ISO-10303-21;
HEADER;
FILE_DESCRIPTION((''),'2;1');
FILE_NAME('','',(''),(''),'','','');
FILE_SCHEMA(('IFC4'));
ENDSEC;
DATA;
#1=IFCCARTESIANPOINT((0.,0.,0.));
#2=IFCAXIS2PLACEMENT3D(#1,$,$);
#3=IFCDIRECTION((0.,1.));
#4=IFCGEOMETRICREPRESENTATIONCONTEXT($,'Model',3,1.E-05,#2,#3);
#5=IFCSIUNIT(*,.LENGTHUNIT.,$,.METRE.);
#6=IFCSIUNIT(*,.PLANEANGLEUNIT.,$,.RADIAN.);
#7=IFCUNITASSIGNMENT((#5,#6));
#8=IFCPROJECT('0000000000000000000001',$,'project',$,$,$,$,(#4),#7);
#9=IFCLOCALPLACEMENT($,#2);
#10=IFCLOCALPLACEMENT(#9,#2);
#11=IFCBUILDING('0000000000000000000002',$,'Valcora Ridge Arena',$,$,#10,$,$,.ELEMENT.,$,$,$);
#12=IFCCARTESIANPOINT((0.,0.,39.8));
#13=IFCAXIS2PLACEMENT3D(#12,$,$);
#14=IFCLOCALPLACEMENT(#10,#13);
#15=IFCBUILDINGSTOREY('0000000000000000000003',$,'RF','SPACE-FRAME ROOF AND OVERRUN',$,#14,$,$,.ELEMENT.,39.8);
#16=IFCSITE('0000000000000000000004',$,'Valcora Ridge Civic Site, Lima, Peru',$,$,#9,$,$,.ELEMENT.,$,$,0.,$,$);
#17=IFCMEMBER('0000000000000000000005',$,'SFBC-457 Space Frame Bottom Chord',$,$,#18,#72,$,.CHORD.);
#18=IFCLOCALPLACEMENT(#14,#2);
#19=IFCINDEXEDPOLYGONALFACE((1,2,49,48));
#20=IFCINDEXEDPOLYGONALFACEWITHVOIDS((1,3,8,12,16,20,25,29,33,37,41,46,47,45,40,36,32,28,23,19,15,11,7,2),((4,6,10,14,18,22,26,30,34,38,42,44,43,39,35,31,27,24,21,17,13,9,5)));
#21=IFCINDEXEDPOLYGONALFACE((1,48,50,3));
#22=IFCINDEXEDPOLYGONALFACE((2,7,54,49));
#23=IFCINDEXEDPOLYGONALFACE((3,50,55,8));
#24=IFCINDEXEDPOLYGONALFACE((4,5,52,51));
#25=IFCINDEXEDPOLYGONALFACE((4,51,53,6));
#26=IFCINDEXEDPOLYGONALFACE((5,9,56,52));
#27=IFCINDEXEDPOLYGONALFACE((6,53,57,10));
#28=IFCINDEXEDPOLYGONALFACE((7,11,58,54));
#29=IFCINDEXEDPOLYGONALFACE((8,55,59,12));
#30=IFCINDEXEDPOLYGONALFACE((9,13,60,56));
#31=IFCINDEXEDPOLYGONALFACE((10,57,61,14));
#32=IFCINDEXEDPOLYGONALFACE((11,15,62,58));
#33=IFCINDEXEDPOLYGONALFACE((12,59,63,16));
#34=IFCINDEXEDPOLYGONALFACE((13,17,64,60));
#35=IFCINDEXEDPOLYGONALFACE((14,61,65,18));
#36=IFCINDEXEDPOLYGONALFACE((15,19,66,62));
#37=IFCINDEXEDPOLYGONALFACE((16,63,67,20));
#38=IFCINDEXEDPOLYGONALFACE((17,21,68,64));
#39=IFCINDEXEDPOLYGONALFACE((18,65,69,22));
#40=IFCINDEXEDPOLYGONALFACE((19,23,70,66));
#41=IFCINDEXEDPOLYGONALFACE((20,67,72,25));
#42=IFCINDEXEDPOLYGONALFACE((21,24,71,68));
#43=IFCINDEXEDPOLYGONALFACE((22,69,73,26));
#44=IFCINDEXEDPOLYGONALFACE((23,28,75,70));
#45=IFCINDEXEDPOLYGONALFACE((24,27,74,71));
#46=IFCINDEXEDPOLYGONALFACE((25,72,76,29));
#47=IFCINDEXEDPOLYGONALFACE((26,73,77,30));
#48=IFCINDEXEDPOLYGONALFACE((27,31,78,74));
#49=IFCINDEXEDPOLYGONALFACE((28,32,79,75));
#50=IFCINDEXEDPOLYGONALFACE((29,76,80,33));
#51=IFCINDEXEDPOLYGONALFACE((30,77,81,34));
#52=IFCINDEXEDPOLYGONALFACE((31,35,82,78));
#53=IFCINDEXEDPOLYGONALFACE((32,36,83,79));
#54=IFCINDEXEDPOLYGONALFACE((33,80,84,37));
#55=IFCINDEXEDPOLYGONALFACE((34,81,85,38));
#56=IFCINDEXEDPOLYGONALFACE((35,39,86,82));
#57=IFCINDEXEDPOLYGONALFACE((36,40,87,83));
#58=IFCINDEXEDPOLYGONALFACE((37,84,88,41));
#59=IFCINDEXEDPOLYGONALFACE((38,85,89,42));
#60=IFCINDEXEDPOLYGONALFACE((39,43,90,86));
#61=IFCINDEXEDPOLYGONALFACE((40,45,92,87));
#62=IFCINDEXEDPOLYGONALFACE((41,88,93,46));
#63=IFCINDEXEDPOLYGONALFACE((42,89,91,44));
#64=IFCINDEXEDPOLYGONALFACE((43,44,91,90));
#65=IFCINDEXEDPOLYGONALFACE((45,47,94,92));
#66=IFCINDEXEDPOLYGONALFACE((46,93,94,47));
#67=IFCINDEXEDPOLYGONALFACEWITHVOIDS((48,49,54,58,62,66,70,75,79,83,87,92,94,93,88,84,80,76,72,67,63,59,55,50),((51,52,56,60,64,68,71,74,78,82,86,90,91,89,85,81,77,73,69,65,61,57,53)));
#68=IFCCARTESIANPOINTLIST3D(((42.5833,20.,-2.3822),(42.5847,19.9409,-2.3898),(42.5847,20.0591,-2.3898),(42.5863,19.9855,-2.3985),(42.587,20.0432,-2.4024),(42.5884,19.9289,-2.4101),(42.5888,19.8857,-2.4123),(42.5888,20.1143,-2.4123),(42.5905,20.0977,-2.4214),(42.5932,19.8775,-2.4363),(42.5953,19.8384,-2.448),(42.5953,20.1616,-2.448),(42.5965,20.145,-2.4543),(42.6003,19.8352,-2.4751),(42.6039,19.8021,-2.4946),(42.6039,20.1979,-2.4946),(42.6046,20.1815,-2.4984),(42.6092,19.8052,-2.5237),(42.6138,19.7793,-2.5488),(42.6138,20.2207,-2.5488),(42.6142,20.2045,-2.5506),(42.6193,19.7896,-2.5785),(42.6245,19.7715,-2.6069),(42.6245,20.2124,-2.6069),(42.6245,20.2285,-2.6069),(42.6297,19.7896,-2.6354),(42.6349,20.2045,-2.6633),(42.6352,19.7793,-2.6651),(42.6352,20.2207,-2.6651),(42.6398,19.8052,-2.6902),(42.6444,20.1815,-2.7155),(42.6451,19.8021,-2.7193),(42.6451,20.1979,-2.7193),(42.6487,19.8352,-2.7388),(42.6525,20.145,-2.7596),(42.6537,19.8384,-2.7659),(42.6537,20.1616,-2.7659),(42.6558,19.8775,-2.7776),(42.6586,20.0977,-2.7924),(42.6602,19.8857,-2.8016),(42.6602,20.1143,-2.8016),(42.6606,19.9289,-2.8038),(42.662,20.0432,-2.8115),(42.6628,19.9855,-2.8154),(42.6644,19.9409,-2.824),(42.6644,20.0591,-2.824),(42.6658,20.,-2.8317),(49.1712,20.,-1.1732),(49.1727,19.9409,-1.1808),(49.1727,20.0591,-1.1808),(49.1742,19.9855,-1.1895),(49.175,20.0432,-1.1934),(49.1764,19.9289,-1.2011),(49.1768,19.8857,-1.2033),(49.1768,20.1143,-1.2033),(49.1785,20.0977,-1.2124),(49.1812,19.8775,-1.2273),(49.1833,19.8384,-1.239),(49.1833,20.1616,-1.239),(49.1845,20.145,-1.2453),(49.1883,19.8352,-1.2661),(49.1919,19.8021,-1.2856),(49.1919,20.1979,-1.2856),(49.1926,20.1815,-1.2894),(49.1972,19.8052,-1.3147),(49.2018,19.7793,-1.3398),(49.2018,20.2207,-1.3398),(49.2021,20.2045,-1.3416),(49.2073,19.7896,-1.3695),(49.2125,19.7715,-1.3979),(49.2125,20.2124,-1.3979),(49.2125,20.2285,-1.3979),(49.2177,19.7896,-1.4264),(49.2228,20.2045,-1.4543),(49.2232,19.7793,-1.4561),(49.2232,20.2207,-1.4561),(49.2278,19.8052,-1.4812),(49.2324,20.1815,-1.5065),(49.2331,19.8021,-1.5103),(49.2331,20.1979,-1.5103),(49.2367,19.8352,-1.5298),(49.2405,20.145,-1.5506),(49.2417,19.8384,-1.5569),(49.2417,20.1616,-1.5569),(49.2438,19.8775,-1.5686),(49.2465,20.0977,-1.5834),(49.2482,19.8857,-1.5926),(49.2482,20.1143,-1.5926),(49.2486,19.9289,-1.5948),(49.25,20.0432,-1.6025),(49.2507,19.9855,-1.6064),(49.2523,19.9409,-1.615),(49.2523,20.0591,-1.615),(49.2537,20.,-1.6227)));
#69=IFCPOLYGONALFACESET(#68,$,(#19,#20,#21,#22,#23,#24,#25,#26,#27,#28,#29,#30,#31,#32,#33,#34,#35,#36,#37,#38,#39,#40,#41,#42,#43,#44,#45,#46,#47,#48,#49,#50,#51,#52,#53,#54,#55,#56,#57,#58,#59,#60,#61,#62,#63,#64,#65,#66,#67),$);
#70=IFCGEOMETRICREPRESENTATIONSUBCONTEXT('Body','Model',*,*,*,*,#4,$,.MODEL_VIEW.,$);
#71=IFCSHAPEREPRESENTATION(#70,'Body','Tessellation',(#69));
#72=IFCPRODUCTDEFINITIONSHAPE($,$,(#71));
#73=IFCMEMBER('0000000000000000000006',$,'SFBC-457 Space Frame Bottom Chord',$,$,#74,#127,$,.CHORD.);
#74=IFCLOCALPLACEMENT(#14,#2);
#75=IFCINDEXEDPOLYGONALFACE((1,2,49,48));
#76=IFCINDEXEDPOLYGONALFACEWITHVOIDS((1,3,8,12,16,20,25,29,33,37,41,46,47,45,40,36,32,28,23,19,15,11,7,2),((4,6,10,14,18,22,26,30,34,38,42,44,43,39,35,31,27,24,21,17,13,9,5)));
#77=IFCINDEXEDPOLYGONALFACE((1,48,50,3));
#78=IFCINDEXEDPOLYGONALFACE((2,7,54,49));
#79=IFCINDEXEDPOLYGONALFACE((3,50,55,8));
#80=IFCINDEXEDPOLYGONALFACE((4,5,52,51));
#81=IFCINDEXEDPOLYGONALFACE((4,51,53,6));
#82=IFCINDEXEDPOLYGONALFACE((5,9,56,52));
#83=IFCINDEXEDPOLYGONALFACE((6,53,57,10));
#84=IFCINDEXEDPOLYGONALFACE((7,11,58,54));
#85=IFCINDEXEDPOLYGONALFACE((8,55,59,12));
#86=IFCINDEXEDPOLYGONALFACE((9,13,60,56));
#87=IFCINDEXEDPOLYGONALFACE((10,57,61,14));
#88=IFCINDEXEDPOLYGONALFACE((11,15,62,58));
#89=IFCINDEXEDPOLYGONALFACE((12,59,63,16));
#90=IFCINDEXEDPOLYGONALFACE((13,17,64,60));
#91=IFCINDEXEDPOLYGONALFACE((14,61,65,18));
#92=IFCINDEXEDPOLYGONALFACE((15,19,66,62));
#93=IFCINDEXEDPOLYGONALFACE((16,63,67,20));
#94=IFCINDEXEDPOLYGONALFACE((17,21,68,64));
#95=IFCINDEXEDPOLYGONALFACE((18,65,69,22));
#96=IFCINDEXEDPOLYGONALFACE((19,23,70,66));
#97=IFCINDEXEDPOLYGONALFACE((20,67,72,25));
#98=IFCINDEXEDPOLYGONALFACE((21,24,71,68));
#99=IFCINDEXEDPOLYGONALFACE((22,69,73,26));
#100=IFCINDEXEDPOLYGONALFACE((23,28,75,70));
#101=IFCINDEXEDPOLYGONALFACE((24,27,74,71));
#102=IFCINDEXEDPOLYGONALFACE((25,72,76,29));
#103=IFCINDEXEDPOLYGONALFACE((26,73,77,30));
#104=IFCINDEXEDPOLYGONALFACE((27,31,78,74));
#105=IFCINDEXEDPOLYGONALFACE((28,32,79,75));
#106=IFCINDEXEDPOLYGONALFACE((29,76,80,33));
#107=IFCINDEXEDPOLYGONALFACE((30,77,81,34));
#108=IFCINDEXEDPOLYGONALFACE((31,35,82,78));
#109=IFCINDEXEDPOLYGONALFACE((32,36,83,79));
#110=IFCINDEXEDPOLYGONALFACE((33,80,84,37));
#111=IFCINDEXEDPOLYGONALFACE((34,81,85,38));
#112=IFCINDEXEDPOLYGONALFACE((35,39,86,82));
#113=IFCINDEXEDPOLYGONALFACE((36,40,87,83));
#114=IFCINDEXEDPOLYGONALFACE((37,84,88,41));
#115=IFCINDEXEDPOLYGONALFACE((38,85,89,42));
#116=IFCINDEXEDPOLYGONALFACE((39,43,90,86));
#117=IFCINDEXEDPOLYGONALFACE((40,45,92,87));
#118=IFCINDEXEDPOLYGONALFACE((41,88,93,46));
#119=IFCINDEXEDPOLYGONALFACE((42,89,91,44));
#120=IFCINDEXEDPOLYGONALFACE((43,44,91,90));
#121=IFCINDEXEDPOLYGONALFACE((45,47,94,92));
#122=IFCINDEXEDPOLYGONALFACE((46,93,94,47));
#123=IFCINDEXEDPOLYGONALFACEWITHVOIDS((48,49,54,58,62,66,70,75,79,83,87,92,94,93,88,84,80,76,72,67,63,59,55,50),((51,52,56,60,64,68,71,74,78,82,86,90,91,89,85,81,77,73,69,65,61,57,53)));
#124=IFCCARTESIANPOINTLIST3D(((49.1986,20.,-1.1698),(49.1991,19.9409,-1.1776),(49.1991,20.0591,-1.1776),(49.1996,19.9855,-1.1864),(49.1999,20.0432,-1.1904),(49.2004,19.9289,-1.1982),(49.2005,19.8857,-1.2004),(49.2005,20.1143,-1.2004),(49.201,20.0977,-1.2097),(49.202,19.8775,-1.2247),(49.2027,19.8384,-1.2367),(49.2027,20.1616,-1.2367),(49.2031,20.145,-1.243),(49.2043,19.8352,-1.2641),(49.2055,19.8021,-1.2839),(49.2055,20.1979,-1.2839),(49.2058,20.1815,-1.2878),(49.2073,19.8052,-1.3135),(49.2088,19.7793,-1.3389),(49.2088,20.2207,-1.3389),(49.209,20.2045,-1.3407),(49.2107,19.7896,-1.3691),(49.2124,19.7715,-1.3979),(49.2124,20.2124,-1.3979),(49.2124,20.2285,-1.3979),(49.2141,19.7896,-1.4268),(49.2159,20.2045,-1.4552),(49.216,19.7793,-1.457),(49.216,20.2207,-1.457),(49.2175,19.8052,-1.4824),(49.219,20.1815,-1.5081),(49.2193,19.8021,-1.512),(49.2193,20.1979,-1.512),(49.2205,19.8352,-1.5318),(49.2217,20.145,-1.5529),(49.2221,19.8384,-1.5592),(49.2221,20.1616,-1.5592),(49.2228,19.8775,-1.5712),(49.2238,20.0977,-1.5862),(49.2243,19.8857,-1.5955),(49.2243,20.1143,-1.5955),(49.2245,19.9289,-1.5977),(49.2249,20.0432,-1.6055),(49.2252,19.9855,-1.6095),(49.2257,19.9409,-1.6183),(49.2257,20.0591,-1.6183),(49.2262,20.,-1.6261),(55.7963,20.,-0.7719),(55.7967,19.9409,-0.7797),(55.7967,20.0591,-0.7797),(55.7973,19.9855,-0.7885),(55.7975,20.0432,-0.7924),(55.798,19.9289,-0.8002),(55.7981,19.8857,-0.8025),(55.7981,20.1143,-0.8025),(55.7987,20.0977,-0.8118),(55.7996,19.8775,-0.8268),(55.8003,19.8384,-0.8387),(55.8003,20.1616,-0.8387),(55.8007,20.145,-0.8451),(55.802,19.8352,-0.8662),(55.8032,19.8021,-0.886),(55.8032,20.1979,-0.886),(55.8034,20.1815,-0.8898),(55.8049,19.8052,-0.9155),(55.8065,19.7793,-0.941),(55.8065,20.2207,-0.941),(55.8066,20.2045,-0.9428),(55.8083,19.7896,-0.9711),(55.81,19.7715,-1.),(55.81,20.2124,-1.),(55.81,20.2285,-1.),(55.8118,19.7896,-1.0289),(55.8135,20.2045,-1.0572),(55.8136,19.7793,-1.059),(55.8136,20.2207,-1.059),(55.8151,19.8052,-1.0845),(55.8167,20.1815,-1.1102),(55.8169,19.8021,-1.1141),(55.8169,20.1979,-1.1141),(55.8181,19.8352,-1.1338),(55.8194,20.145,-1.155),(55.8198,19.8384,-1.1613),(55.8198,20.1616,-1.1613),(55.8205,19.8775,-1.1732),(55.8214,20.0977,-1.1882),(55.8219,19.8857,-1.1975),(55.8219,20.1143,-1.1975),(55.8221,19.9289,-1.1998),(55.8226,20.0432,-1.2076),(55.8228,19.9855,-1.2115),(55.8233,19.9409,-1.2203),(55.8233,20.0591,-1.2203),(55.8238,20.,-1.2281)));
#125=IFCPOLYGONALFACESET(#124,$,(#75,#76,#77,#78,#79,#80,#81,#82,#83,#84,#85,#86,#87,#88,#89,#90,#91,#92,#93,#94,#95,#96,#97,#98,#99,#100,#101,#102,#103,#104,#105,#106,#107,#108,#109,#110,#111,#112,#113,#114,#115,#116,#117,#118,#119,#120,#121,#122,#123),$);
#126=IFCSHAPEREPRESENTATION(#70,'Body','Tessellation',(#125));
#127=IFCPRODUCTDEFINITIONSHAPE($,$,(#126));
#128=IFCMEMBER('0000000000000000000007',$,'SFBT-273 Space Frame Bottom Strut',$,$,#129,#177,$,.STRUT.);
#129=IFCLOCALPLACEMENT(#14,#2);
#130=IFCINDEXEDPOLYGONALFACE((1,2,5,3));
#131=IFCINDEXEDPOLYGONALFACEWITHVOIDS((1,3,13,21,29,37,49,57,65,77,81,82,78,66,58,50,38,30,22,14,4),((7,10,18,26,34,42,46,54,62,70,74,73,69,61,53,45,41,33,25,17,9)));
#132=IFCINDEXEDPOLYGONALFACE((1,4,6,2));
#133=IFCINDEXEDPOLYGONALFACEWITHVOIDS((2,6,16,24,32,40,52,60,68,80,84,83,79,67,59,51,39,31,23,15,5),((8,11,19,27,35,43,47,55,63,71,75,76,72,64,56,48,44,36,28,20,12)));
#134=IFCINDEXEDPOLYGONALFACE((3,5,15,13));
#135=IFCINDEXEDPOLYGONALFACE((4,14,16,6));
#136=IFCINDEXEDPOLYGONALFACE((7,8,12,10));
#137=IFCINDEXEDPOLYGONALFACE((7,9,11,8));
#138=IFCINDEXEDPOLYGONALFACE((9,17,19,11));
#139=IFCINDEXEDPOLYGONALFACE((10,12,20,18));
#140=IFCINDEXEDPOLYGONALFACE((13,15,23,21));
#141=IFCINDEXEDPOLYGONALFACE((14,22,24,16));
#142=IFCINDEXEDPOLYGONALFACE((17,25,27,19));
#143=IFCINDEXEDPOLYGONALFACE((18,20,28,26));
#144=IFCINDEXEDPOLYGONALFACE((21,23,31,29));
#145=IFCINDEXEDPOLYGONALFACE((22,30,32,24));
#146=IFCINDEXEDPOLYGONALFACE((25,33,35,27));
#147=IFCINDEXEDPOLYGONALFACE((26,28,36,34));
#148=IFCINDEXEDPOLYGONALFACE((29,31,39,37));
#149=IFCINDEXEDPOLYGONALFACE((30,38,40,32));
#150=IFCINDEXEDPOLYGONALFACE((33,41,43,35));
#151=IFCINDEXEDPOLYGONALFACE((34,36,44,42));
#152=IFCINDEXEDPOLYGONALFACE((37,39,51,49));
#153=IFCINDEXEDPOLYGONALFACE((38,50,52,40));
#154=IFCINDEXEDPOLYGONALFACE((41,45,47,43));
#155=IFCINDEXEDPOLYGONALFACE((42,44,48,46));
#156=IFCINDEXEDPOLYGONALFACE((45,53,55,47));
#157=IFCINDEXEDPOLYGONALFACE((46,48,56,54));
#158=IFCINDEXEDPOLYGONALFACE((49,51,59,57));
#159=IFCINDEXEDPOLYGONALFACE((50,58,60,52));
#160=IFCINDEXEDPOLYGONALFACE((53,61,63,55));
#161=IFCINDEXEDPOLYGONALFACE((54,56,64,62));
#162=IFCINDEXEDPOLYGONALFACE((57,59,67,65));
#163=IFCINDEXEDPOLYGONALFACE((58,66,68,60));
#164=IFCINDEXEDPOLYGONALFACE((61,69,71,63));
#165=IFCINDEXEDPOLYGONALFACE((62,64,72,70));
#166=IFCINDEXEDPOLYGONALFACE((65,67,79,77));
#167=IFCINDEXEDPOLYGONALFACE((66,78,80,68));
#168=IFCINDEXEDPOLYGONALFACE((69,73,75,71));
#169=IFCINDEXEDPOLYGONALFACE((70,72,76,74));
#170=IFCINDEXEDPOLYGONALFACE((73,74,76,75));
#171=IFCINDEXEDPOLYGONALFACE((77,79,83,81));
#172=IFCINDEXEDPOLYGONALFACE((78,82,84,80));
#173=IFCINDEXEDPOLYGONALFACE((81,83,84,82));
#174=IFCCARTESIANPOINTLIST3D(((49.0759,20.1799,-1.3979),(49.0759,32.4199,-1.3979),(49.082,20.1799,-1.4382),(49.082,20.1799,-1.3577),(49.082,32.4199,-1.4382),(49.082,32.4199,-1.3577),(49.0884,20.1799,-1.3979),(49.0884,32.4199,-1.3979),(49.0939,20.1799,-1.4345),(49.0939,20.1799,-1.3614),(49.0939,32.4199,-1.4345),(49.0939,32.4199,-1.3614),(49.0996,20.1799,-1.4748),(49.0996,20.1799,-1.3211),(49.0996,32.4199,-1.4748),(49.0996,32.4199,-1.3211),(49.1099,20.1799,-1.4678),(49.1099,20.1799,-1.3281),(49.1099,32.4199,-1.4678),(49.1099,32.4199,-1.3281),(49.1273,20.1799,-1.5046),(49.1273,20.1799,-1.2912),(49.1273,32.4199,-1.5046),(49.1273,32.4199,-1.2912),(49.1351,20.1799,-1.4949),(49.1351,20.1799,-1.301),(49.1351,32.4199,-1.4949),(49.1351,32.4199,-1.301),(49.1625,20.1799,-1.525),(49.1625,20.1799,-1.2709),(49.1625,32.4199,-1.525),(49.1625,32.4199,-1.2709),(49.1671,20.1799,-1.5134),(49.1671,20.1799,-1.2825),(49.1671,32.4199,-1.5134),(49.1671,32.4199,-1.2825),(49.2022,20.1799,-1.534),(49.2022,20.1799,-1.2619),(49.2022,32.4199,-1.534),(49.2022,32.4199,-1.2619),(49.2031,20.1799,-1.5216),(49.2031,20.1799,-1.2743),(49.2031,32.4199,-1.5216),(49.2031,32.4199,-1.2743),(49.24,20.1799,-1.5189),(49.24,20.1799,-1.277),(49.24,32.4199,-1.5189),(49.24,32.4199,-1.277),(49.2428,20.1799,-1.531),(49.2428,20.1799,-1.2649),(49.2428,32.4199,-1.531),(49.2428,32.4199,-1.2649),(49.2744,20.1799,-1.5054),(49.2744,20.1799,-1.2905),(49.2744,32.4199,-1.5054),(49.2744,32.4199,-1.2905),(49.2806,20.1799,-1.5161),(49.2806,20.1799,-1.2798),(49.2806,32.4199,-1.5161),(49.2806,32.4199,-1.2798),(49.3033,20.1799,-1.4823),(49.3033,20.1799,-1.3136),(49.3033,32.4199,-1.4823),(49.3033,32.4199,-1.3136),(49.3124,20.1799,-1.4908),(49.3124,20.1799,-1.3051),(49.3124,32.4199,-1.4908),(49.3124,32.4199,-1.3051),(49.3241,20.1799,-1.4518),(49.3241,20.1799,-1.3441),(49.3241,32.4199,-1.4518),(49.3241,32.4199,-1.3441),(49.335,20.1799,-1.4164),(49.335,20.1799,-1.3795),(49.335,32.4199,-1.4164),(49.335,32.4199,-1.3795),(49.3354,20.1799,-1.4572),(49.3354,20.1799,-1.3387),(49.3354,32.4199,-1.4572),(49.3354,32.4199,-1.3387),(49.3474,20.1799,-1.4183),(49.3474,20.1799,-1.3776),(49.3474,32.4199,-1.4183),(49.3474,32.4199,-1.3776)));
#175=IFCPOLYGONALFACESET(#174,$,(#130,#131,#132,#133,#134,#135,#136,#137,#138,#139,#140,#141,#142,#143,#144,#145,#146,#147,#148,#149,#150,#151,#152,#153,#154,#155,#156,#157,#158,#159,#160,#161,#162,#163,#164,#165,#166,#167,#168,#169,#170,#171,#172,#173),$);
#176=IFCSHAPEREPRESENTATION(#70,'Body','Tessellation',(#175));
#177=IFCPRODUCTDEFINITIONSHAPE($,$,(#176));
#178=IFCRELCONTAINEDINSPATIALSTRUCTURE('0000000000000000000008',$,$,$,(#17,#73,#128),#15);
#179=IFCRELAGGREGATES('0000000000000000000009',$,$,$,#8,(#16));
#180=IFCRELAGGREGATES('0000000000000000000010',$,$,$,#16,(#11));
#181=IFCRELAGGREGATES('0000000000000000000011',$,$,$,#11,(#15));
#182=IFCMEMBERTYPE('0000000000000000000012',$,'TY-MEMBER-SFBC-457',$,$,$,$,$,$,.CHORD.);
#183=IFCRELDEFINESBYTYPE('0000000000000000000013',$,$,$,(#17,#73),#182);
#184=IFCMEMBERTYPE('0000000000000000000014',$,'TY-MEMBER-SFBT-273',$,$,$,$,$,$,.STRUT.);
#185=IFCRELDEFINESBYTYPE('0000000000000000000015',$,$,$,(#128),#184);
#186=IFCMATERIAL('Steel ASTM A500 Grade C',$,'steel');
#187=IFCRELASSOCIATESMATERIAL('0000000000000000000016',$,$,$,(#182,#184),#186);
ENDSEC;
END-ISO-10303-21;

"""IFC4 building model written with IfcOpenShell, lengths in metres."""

from ifc_helpers import new_model, si_unit, direction, frame, origin, origin_2d, place, context, subcontext, project, spatial, hollow_circle, extrude, material, material_profile, profile_set, type_object, element, save


model = new_model("IFC4")

# Units and contexts
model_context = context("Model", 3, precision=1e-05, world=origin(), true_north=direction((0.0, 1.0)))
body_context = subcontext(model_context, "Body", "Model", "MODEL_VIEW")
ifc_project = project(units=[si_unit("LENGTHUNIT", "METRE"), si_unit("PLANEANGLEUNIT", "RADIAN")], contexts=[model_context])

# Site, building, storey
site_placement = place(None, origin())
site = spatial("IfcSite", under=ifc_project, at=site_placement, Name="Valcora Ridge Civic Site, Lima, Peru", CompositionType="ELEMENT", RefElevation=0.0)
building_placement = place(site_placement, origin())
building = spatial("IfcBuilding", under=site, at=building_placement, Name="Valcora Ridge Arena", CompositionType="ELEMENT")
storey_placement = place(building_placement, frame((0.0, 0.0, 39.8)))
storey = spatial("IfcBuildingStorey", under=building, at=storey_placement, Name="RF", Description="SPACE-FRAME ROOF AND OVERRUN", CompositionType="ELEMENT", Elevation=39.8)

# Members
ifc_material_1 = material(Name="Steel ASTM A500 Grade C", Category="steel")
ifc_material_profile_1 = material_profile(ifc_material_1, hollow_circle(Radius=0.2285, WallThickness=0.0161, at=origin_2d()), Name="CHS457X16")
ifc_profile_set_1 = profile_set([ifc_material_profile_1], Name="Steel ASTM A500 Grade C")
member_type_1 = type_object("IfcMemberType", Name="TY-MEMBER-SFBC-457", PredefinedType="CHORD", material=ifc_profile_set_1)
member_1_placement = place(storey_placement, frame((42.6245, 20.0, -2.6069), z_axis=(0.983575, 0.0, 0.180502), x_axis=(0.0, 1.0, 0.0)))
element("IfcMember", 1, at=member_1_placement, inside=storey, type_object=member_type_1, Name="SFBC-457 Space Frame Bottom Chord", PredefinedType="CHORD", context=body_context, shape_type="SweptSolid", body=[
    extrude(hollow_circle(Radius=0.2285, WallThickness=0.0161, at=origin_2d()), origin(), (0.0, 0.0, 1.0), 6.698),
])
member_2_placement = place(storey_placement, frame((49.2124, 20.0, -1.3979), z_axis=(0.998186, 0.0, 0.060207), x_axis=(0.0, 1.0, 0.0)))
element("IfcMember", 2, at=member_2_placement, inside=storey, type_object=member_type_1, Name="SFBC-457 Space Frame Bottom Chord", PredefinedType="CHORD", context=body_context, shape_type="SweptSolid", body=[
    extrude(hollow_circle(Radius=0.2285, WallThickness=0.0161, at=origin_2d()), origin(), (0.0, 0.0, 1.0), 6.6096),
])
ifc_material_profile_2 = material_profile(ifc_material_1, hollow_circle(Radius=0.1365, WallThickness=0.0125, at=origin_2d()), Name="CHS273X12")
ifc_profile_set_2 = profile_set([ifc_material_profile_2], Name="Steel ASTM A500 Grade C")
member_type_2 = type_object("IfcMemberType", Name="TY-MEMBER-SFBT-273", PredefinedType="STRUT", material=ifc_profile_set_2)
member_3_placement = place(storey_placement, frame((49.2124, 20.1799, -1.3979), z_axis=(0.0, 1.0, 0.0), x_axis=(-1.0, 0.0, 0.0)))
element("IfcMember", 3, at=member_3_placement, inside=storey, type_object=member_type_2, Name="SFBT-273 Space Frame Bottom Strut", PredefinedType="STRUT", context=body_context, shape_type="SweptSolid", body=[
    extrude(hollow_circle(Radius=0.1365, WallThickness=0.0125, at=origin_2d()), origin(), (0.0, 0.0, 1.0), 12.24),
])

save(model, "model.ifc")
